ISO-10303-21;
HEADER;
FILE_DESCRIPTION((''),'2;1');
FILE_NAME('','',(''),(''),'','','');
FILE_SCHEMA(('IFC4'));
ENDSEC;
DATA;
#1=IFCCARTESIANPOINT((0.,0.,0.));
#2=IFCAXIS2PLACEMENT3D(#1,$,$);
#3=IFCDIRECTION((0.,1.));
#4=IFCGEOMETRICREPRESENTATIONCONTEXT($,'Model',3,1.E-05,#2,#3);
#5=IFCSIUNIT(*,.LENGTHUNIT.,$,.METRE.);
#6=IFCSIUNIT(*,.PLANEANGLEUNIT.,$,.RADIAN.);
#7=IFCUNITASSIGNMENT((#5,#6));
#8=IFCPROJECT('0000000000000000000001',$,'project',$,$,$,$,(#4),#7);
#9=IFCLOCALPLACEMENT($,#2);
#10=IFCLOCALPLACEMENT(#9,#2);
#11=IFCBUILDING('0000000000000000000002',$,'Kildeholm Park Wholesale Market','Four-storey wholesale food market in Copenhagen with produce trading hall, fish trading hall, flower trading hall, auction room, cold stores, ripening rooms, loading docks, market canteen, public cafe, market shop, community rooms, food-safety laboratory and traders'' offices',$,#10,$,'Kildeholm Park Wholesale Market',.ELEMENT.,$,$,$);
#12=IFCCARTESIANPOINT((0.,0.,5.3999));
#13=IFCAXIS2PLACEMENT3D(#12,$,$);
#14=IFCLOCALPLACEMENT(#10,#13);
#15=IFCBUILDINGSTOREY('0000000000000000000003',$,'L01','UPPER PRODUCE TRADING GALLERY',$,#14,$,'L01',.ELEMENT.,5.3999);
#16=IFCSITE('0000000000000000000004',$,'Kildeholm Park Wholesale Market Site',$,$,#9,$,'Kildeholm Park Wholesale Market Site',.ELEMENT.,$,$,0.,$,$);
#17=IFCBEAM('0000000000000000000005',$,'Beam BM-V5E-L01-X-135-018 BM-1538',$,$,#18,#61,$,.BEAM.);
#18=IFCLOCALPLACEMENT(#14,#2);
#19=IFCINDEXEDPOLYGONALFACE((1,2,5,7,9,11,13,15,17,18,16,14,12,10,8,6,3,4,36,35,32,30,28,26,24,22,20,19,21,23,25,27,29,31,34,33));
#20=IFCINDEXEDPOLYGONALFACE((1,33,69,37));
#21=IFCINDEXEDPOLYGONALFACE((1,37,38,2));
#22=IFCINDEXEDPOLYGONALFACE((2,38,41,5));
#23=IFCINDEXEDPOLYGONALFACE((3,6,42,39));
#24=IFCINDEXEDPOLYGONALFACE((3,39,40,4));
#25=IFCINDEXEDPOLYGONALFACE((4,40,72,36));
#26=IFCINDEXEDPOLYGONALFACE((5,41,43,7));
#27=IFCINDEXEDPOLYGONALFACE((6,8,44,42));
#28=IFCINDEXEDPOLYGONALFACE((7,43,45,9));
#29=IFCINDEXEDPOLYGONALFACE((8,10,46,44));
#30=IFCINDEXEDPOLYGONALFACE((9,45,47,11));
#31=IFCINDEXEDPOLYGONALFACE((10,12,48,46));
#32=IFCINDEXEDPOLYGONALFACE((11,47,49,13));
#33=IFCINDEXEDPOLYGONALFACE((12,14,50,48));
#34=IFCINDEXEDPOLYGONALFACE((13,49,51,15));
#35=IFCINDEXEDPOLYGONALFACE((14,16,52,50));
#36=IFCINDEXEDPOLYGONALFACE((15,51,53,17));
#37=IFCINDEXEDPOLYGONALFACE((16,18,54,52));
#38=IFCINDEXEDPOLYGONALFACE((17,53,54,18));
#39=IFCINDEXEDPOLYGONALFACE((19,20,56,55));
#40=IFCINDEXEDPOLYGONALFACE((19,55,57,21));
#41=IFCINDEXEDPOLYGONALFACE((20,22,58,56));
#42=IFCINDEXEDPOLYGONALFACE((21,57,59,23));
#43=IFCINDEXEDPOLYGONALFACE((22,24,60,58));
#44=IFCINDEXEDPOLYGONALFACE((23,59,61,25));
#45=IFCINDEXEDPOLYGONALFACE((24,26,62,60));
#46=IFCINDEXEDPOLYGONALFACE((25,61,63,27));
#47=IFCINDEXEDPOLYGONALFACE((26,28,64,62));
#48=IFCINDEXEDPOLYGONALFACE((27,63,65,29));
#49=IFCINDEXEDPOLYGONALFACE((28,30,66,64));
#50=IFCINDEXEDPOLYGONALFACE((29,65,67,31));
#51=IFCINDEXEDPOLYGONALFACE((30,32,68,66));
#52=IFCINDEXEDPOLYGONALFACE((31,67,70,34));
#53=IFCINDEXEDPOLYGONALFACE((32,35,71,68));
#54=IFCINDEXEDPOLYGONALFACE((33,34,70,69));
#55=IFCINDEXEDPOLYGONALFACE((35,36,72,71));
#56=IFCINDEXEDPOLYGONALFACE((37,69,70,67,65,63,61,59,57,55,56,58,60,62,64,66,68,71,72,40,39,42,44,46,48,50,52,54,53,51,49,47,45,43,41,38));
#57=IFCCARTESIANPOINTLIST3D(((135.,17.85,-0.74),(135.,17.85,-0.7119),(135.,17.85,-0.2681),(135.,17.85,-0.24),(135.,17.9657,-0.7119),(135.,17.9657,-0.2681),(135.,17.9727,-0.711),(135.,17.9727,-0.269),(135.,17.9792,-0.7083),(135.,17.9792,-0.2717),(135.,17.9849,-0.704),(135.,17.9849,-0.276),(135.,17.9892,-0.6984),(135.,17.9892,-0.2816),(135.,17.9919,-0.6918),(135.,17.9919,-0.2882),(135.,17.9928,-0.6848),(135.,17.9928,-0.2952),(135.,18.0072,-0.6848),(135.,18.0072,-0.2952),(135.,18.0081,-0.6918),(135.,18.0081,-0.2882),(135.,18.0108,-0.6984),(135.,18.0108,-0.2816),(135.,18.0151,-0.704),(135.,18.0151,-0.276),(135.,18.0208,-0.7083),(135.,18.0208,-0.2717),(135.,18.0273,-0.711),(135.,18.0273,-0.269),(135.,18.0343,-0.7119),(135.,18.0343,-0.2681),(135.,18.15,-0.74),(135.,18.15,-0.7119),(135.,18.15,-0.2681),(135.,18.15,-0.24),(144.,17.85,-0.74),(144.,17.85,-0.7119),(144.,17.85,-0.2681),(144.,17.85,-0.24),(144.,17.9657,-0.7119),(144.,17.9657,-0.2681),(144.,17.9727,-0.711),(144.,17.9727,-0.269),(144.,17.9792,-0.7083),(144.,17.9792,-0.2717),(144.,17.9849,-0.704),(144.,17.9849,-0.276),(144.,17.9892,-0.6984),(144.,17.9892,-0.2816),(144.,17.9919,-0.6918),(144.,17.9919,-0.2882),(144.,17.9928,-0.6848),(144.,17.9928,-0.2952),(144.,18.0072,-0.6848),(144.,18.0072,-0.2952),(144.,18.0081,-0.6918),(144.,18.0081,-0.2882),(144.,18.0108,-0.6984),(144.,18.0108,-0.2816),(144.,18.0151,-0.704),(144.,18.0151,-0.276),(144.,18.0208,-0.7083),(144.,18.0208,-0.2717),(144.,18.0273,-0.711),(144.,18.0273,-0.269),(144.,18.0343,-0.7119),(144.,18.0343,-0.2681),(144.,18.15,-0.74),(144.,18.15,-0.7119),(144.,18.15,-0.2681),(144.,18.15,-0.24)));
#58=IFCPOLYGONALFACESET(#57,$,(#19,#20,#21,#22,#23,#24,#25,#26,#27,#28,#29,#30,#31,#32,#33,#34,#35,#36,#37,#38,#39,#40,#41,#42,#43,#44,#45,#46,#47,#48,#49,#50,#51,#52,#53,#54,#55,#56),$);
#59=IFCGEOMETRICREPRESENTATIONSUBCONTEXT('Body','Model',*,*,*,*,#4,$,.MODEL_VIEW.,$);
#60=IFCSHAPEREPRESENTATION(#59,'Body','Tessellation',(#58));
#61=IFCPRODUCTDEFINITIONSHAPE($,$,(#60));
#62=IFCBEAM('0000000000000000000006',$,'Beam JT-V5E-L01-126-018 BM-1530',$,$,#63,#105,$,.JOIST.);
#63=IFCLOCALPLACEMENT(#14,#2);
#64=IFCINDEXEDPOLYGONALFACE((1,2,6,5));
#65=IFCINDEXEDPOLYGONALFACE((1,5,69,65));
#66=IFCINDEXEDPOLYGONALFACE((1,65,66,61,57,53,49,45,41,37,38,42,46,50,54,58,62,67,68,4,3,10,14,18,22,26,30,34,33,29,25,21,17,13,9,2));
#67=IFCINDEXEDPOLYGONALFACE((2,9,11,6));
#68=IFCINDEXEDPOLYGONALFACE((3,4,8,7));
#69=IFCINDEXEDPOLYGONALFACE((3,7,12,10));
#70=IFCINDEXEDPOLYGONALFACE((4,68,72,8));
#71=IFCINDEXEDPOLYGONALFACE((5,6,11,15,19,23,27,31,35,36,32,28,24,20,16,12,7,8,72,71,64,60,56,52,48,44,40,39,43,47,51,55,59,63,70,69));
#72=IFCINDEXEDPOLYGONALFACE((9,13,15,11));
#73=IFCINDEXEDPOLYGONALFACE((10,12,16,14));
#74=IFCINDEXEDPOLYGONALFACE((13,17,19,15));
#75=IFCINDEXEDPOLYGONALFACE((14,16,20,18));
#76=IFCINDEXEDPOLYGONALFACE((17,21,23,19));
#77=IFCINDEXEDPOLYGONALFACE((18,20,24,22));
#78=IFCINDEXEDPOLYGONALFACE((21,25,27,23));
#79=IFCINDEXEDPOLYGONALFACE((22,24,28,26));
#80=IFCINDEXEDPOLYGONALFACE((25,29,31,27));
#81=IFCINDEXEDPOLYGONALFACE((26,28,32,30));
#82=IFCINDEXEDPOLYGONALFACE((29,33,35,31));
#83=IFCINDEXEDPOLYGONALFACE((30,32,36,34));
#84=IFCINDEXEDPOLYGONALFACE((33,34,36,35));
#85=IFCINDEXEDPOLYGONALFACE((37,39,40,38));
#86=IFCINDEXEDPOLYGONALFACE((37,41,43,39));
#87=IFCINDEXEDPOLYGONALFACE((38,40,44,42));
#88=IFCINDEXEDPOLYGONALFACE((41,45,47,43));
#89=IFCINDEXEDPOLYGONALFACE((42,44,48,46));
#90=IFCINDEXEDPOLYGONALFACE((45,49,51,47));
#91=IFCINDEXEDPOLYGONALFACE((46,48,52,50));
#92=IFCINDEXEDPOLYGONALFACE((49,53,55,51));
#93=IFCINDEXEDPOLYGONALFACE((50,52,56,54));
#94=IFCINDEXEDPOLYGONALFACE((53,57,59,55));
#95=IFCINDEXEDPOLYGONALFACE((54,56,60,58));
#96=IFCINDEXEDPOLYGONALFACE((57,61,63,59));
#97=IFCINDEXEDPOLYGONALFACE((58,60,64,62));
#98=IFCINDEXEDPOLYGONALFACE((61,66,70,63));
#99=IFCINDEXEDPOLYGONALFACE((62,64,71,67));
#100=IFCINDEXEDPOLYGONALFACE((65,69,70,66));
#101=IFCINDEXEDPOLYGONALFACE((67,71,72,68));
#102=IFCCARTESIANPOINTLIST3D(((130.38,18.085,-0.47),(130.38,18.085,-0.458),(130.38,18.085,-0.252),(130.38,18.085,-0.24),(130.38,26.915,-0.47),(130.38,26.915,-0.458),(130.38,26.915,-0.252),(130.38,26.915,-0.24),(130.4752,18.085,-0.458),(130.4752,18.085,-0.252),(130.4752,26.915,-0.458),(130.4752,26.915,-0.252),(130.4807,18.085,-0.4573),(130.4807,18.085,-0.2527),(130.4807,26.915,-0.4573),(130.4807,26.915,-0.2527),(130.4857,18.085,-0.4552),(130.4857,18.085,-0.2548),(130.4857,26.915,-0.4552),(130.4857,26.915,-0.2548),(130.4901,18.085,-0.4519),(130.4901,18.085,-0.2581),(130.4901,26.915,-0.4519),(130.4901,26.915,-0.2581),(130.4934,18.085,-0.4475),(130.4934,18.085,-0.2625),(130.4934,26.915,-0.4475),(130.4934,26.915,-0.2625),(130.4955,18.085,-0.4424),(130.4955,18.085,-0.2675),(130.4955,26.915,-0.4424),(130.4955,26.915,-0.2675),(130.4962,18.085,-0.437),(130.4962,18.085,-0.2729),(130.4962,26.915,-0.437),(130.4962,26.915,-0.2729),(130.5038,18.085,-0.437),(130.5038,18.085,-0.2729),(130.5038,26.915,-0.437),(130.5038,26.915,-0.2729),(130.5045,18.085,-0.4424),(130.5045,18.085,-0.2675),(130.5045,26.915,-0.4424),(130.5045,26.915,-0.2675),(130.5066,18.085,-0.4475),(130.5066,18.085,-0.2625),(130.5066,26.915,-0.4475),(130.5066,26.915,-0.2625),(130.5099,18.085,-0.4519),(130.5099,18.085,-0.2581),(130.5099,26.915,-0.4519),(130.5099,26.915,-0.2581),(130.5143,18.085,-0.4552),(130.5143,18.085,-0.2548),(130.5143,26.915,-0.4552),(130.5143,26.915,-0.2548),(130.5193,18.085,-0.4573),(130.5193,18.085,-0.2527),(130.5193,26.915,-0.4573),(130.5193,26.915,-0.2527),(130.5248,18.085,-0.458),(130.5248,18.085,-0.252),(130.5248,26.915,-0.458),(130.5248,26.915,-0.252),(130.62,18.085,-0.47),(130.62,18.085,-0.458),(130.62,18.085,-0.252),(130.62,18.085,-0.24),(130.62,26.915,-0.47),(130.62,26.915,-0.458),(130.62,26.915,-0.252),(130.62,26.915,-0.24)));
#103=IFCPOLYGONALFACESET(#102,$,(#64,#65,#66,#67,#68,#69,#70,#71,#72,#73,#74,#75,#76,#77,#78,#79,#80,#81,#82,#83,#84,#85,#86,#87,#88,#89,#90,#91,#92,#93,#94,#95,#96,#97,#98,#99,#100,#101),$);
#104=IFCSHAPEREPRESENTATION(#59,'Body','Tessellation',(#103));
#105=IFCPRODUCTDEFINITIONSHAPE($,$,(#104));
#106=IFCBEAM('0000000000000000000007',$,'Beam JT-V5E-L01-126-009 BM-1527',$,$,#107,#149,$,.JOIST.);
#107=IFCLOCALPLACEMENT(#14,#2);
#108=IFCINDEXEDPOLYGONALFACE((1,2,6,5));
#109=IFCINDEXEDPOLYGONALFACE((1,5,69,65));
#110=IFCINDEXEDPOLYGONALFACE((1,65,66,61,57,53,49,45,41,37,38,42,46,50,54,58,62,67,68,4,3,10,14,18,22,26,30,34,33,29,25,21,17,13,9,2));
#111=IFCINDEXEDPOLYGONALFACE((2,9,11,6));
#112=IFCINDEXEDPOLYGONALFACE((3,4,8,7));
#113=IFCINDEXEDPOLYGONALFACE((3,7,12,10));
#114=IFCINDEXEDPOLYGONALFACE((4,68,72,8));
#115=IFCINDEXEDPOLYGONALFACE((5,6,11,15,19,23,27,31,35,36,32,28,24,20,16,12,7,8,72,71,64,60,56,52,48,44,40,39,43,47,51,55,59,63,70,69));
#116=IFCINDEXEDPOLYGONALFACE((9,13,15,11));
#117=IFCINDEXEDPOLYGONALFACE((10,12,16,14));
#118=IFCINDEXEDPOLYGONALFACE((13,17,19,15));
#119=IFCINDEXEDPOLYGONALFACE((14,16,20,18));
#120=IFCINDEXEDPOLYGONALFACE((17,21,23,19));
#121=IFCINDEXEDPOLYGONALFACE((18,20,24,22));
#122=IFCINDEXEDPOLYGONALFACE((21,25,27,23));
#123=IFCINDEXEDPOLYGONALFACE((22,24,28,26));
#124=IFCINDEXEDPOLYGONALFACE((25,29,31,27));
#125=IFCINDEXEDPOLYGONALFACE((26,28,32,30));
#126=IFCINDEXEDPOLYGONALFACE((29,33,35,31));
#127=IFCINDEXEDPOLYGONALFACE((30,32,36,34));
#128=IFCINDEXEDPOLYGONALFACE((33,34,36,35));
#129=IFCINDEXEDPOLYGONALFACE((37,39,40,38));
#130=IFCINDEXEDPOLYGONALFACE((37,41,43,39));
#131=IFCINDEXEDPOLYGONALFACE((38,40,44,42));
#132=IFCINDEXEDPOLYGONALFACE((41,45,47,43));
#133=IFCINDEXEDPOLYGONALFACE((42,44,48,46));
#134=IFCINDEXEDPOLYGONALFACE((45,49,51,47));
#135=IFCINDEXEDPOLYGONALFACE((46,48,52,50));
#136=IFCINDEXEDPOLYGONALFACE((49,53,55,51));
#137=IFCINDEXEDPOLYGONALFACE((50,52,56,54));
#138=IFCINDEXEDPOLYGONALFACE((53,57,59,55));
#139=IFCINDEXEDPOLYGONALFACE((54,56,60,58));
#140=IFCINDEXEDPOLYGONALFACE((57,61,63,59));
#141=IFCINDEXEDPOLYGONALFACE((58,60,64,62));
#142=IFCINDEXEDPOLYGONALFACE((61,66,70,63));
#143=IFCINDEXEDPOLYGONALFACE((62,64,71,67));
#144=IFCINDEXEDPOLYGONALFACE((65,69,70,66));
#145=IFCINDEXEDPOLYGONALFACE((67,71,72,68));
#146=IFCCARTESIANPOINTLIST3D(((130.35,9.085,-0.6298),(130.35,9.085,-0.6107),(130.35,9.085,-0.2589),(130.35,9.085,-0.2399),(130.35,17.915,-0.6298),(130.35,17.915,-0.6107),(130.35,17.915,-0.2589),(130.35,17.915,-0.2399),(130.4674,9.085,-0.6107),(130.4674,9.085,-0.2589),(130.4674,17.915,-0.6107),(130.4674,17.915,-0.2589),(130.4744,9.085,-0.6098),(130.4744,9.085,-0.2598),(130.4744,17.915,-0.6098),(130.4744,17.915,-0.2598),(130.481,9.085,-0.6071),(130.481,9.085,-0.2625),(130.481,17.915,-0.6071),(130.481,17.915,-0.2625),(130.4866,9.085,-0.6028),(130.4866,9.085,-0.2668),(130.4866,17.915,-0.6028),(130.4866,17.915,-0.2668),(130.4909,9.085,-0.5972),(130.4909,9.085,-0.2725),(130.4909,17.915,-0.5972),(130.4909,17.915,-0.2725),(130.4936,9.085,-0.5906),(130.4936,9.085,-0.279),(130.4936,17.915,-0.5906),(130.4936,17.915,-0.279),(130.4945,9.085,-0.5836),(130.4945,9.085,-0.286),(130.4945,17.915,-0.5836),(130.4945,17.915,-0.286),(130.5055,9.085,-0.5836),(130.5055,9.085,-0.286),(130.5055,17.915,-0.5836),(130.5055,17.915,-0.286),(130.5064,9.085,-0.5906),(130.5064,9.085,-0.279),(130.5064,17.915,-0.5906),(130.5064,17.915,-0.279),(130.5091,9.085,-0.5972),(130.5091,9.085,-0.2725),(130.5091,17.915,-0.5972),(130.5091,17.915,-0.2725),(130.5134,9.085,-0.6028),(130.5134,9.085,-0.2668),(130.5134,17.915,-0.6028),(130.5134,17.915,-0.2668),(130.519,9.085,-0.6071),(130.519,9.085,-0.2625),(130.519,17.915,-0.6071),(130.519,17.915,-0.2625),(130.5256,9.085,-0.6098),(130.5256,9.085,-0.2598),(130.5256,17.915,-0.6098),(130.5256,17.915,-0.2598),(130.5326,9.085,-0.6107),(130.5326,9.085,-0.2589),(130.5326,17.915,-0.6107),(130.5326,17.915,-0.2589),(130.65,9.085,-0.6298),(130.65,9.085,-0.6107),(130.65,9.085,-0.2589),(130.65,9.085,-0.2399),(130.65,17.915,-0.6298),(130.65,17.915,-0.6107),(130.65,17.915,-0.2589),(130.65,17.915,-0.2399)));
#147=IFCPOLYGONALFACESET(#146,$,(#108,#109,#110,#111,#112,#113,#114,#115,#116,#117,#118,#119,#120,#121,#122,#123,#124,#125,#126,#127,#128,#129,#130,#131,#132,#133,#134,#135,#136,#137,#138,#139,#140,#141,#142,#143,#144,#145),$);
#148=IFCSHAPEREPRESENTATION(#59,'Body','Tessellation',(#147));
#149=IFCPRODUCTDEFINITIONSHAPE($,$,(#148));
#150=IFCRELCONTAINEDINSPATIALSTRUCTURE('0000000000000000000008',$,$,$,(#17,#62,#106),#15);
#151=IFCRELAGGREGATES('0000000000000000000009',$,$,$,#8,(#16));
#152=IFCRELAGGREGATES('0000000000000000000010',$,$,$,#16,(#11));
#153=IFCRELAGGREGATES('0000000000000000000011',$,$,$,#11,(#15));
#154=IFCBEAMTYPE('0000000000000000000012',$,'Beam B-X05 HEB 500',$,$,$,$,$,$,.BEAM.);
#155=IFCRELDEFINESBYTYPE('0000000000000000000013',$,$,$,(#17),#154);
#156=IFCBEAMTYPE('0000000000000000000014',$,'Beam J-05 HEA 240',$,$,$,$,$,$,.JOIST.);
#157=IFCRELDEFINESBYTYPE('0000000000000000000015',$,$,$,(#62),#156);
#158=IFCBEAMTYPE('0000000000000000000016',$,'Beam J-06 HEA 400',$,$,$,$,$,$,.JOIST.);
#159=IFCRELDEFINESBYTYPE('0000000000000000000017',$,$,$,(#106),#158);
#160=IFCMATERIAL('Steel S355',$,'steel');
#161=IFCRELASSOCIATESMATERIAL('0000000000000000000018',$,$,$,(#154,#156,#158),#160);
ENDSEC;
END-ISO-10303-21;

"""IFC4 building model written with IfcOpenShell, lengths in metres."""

from ifc_helpers import new_model, si_unit, direction, frame, origin, origin_2d, place, context, subcontext, project, spatial, i_section, extrude, material, material_profile, profile_set, type_object, element, save


model = new_model("IFC4")

# Units and contexts
model_context = context("Model", 3, precision=1e-05, world=origin(), true_north=direction((0.0, 1.0)))
body_context = subcontext(model_context, "Body", "Model", "MODEL_VIEW")
ifc_project = project(units=[si_unit("LENGTHUNIT", "METRE"), si_unit("PLANEANGLEUNIT", "RADIAN")], contexts=[model_context])

# Site, building, storey
site_placement = place(None, origin())
site = spatial("IfcSite", under=ifc_project, at=site_placement, Name="Kildeholm Park Wholesale Market Site", LongName="Kildeholm Park Wholesale Market Site", CompositionType="ELEMENT", RefElevation=0.0)
building_placement = place(site_placement, origin())
building = spatial("IfcBuilding", under=site, at=building_placement, Name="Kildeholm Park Wholesale Market", Description="Four-storey wholesale food market in Copenhagen with produce trading hall, fish trading hall, flower trading hall, auction room, cold stores, ripening rooms, loading docks, market canteen, public cafe, market shop, community rooms, food-safety laboratory and traders' offices", LongName="Kildeholm Park Wholesale Market", CompositionType="ELEMENT")
storey_placement = place(building_placement, frame((0.0, 0.0, 5.3999)))
storey = spatial("IfcBuildingStorey", under=building, at=storey_placement, Name="L01", Description="UPPER PRODUCE TRADING GALLERY", LongName="L01", CompositionType="ELEMENT", Elevation=5.3999)

# Shared definitions
ifc_material_1 = material(Name="Steel S355", Category="steel")

# Beams
ifc_material_profile_1 = material_profile(ifc_material_1, i_section(OverallWidth=0.3, OverallDepth=0.5, WebThickness=0.0144, FlangeThickness=0.0281, FilletRadius=0.0271, at=origin_2d()), Name="HEB 500")
ifc_profile_set_1 = profile_set([ifc_material_profile_1], Name="Steel S355")
beam_type_1 = type_object("IfcBeamType", Name="Beam B-X05 HEB 500", PredefinedType="BEAM", material=ifc_profile_set_1)
beam_1_placement = place(storey_placement, frame((135.0, 18.0, -0.49), z_axis=(1.0, 0.0, 0.0), x_axis=(0.0, 1.0, 0.0)))
element("IfcBeam", 1, at=beam_1_placement, inside=storey, type_object=beam_type_1, Name="Beam BM-V5E-L01-X-135-018 BM-1538", PredefinedType="BEAM", context=body_context, shape_type="SweptSolid", body=[
    extrude(i_section(OverallWidth=0.3, OverallDepth=0.5, WebThickness=0.0144, FlangeThickness=0.0281, FilletRadius=0.0271, at=origin_2d()), origin(), (0.0, 0.0, 1.0), 9.0),
])
ifc_material_profile_2 = material_profile(ifc_material_1, i_section(OverallWidth=0.24, OverallDepth=0.23, WebThickness=0.0076, FlangeThickness=0.012, FilletRadius=0.021, at=origin_2d()), Name="HEA 240")
ifc_profile_set_2 = profile_set([ifc_material_profile_2], Name="Steel S355")
beam_type_2 = type_object("IfcBeamType", Name="Beam J-05 HEA 240", PredefinedType="JOIST", material=ifc_profile_set_2)
beam_2_placement = place(storey_placement, frame((130.5, 18.085, -0.355), z_axis=(0.0, 1.0, 0.0), x_axis=(-1.0, 0.0, 0.0)))
element("IfcBeam", 2, at=beam_2_placement, inside=storey, type_object=beam_type_2, Name="Beam JT-V5E-L01-126-018 BM-1530", PredefinedType="JOIST", context=body_context, shape_type="SweptSolid", body=[
    extrude(i_section(OverallWidth=0.24, OverallDepth=0.23, WebThickness=0.0076, FlangeThickness=0.012, FilletRadius=0.021, at=origin_2d()), origin(), (0.0, 0.0, 1.0), 8.8301),
])
ifc_material_profile_3 = material_profile(ifc_material_1, i_section(OverallWidth=0.3, OverallDepth=0.3899, WebThickness=0.011, FlangeThickness=0.019, FilletRadius=0.0271, at=origin_2d()), Name="HEA 400")
ifc_profile_set_3 = profile_set([ifc_material_profile_3], Name="Steel S355")
beam_type_3 = type_object("IfcBeamType", Name="Beam J-06 HEA 400", PredefinedType="JOIST", material=ifc_profile_set_3)
beam_3_placement = place(storey_placement, frame((130.5, 9.085, -0.4348), z_axis=(0.0, 1.0, 0.0), x_axis=(-1.0, 0.0, 0.0)))
element("IfcBeam", 3, at=beam_3_placement, inside=storey, type_object=beam_type_3, Name="Beam JT-V5E-L01-126-009 BM-1527", PredefinedType="JOIST", context=body_context, shape_type="SweptSolid", body=[
    extrude(i_section(OverallWidth=0.3, OverallDepth=0.3899, WebThickness=0.011, FlangeThickness=0.019, FilletRadius=0.0271, at=origin_2d()), origin(), (0.0, 0.0, 1.0), 8.8301),
])

save(model, "model.ifc")
